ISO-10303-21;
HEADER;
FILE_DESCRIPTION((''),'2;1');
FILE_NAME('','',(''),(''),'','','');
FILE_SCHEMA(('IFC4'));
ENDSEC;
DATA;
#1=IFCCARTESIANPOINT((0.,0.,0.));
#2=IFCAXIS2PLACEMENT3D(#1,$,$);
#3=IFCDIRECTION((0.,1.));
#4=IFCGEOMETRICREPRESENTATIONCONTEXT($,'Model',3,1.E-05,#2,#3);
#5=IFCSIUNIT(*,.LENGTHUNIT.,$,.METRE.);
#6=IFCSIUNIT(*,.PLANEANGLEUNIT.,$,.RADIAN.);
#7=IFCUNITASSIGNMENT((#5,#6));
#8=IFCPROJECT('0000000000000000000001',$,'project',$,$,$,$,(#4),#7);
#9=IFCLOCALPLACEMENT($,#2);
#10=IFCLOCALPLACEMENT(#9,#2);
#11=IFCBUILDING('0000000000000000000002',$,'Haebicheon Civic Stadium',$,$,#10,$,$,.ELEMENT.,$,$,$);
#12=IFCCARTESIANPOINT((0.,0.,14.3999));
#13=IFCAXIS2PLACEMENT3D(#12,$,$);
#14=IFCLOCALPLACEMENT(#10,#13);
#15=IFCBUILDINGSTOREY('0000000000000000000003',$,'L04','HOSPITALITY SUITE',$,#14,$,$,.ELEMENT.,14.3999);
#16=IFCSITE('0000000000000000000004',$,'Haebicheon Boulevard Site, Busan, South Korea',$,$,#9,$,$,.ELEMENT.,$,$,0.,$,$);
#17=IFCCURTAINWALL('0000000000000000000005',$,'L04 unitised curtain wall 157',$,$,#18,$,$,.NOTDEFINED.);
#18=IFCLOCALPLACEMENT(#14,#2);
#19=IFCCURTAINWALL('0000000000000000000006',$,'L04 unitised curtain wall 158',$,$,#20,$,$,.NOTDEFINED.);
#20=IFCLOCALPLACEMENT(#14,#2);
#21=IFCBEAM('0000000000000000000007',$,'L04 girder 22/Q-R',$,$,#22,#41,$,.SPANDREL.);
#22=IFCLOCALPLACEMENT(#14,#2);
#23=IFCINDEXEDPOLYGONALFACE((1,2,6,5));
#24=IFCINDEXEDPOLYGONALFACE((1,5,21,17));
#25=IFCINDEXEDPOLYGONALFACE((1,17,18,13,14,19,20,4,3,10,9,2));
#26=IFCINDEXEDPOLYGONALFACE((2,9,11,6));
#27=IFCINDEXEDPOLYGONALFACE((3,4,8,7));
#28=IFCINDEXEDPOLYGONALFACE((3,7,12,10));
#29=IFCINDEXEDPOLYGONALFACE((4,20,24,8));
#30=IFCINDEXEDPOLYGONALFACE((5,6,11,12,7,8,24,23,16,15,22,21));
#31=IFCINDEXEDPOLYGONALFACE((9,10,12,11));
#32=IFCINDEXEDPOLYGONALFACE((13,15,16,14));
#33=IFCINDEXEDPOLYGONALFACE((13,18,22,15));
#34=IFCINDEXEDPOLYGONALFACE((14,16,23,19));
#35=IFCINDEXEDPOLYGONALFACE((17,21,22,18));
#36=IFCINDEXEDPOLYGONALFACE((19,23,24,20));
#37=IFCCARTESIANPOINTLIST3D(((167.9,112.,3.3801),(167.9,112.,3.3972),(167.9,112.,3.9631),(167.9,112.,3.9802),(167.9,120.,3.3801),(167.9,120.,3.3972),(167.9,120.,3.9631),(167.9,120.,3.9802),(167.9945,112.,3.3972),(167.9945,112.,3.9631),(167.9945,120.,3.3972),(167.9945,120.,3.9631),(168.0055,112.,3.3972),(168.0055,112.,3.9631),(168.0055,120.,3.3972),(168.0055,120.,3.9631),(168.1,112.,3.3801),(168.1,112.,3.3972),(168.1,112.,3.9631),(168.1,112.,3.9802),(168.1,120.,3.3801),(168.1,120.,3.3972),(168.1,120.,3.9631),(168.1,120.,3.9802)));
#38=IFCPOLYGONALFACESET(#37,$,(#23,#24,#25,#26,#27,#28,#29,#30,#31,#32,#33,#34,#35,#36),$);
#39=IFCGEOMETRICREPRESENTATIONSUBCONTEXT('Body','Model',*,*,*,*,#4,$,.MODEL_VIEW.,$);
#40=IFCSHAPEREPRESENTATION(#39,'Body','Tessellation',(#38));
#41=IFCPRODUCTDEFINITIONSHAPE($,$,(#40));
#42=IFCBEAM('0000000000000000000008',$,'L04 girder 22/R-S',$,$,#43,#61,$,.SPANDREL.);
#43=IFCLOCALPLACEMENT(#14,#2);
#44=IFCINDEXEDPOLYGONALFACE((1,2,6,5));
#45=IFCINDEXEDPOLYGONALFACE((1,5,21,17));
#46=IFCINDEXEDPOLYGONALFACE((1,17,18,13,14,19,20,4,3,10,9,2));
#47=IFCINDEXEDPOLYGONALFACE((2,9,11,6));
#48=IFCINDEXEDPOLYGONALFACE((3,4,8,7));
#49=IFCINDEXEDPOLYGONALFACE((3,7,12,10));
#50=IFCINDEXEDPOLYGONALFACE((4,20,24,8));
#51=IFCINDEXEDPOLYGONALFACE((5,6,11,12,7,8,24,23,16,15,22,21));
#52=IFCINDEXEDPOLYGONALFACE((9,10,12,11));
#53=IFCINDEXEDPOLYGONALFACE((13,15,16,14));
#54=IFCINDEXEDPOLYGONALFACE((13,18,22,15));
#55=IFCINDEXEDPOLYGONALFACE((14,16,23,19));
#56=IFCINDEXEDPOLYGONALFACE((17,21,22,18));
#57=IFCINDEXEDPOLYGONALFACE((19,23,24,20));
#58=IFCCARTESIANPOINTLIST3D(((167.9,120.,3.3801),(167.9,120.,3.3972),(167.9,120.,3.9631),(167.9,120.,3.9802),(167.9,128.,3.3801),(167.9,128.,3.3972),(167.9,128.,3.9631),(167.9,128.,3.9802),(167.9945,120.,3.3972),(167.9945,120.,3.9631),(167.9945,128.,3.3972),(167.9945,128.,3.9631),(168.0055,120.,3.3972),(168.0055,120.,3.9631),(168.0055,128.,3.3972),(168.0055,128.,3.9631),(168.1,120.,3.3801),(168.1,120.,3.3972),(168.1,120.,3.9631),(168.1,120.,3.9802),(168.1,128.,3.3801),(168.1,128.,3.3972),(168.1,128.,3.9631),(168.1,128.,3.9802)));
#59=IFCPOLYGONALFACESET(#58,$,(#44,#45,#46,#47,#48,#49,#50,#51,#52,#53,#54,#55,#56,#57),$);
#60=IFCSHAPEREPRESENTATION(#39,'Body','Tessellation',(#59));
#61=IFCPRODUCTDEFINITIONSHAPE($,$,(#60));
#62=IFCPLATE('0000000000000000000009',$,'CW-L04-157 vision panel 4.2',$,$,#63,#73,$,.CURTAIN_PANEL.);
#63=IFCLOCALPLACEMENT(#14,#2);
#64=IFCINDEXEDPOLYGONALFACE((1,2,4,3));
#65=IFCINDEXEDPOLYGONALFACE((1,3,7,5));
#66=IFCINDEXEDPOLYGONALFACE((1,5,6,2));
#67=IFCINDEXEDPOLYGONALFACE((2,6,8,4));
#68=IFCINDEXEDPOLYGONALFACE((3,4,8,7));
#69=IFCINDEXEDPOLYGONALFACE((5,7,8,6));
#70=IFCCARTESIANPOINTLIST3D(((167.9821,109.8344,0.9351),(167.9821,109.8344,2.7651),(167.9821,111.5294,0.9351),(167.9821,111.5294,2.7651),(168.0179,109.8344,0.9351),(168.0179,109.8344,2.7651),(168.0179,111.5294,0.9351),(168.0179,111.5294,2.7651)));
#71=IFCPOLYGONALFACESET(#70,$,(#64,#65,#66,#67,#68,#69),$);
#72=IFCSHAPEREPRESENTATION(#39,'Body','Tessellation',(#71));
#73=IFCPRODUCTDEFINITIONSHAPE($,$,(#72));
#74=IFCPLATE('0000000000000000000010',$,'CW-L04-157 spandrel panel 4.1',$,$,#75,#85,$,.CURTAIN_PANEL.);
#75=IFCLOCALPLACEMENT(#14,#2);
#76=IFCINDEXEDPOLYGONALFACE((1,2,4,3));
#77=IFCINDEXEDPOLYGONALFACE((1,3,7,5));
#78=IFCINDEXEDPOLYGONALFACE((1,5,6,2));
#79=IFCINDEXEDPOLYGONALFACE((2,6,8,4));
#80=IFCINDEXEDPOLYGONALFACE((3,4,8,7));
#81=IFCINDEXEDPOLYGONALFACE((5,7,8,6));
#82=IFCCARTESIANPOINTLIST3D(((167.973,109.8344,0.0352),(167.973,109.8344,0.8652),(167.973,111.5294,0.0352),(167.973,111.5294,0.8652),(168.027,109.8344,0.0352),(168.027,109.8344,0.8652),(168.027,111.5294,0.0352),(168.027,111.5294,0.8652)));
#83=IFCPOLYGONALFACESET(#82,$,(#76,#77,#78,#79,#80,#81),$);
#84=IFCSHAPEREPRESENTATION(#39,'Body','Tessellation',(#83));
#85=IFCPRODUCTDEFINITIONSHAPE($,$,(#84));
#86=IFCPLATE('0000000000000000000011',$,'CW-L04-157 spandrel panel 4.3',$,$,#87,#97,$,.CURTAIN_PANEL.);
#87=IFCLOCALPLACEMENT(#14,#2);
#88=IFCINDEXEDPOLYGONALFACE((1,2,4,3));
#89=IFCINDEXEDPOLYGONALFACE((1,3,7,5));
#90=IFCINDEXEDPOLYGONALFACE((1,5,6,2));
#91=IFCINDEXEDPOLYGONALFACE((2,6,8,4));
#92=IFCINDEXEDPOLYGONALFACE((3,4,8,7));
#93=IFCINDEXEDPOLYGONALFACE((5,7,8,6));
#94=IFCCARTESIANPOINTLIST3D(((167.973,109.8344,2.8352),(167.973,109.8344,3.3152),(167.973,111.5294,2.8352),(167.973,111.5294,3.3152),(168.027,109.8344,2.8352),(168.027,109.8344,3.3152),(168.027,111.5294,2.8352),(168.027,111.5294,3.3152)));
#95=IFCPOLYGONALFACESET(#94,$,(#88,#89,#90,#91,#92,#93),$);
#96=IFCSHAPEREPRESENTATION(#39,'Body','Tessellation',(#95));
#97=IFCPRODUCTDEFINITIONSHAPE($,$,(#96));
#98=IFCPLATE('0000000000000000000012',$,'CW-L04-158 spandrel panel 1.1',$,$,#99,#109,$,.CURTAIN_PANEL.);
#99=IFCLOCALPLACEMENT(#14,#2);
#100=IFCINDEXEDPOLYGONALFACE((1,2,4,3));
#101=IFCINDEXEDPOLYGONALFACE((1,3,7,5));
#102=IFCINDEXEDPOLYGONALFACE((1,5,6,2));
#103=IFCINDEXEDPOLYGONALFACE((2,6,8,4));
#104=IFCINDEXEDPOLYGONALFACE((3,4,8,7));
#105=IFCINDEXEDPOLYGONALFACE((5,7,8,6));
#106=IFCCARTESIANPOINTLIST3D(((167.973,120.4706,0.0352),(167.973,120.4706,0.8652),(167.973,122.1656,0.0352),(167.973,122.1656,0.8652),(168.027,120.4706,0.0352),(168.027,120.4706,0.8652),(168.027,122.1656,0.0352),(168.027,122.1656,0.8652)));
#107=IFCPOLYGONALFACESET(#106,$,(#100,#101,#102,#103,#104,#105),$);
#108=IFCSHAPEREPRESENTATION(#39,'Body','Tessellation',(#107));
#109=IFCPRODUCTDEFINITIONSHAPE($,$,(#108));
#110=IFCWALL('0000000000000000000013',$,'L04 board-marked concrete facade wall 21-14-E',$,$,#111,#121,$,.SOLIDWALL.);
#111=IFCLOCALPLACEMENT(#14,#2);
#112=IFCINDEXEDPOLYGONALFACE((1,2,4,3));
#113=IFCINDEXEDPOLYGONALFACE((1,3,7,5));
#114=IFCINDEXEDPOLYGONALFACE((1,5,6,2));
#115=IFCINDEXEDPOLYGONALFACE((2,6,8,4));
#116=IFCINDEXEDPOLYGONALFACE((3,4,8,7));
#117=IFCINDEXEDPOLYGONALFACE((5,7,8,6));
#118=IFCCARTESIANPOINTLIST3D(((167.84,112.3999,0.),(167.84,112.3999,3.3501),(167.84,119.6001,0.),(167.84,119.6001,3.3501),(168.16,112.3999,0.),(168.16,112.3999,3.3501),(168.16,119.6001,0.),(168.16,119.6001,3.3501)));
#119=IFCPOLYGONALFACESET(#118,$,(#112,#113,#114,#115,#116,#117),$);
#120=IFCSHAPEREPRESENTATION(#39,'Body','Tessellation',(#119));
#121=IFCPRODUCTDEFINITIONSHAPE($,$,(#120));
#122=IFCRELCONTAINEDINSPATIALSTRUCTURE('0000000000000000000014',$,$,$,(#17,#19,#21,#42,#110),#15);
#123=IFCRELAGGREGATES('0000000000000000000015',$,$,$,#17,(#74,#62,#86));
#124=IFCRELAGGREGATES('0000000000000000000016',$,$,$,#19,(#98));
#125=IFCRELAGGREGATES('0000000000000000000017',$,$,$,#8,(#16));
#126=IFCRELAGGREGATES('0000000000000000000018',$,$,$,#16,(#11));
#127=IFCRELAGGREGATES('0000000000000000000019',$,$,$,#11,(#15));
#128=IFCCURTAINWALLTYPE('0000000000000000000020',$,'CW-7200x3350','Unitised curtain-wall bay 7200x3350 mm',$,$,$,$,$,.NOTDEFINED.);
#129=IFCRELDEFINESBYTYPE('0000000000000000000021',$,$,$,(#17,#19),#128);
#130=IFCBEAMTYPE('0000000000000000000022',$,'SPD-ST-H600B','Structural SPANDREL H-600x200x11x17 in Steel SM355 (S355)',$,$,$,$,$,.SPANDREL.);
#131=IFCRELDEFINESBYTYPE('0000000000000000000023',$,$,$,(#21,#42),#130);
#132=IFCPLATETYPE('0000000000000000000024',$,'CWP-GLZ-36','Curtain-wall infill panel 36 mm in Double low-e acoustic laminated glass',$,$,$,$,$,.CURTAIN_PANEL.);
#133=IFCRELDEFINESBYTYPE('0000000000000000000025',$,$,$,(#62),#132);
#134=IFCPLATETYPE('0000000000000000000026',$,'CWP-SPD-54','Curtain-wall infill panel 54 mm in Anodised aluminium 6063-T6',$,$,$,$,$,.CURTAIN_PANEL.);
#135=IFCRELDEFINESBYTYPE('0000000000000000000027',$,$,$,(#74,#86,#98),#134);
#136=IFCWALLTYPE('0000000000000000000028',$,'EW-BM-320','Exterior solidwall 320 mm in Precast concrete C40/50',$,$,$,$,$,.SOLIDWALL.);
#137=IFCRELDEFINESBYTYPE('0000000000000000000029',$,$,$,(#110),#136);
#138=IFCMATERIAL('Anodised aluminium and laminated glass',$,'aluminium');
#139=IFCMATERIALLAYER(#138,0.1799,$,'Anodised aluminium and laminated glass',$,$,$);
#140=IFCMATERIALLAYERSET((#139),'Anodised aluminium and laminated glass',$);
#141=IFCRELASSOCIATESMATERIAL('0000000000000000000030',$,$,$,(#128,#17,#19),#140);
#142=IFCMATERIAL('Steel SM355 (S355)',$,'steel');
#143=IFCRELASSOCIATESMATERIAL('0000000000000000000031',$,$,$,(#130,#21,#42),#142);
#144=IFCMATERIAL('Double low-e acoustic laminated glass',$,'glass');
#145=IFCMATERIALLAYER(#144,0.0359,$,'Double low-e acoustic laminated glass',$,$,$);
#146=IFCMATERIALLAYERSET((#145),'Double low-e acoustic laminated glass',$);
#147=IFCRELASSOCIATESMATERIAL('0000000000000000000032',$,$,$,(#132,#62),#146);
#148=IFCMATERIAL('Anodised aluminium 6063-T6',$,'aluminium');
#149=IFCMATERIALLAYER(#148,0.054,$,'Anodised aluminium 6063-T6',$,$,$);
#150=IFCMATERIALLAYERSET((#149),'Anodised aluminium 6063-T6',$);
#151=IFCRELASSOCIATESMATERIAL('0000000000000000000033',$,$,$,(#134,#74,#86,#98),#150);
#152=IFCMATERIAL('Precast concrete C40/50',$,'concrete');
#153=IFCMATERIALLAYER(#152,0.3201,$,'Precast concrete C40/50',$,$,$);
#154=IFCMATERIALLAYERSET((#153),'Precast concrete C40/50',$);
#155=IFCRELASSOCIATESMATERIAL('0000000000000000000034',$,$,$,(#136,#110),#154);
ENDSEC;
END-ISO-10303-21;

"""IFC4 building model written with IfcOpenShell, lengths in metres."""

from ifc_helpers import new_model, si_unit, direction, frame, frame_2d, origin, origin_2d, place, context, subcontext, project, spatial, rectangle, i_section, extrude, material, layer, layer_set, material_profile, profile_set, type_object, element, aggregate, save


model = new_model("IFC4")

# Units and contexts
model_context = context("Model", 3, precision=1e-05, world=origin(), true_north=direction((0.0, 1.0)))
body_context = subcontext(model_context, "Body", "Model", "MODEL_VIEW")
ifc_project = project(units=[si_unit("LENGTHUNIT", "METRE"), si_unit("PLANEANGLEUNIT", "RADIAN")], contexts=[model_context])

# Site, building, storey
site_placement = place(None, origin())
site = spatial("IfcSite", under=ifc_project, at=site_placement, Name="Haebicheon Boulevard Site, Busan, South Korea", CompositionType="ELEMENT", RefElevation=0.0)
building_placement = place(site_placement, origin())
building = spatial("IfcBuilding", under=site, at=building_placement, Name="Haebicheon Civic Stadium", CompositionType="ELEMENT")
storey_placement = place(building_placement, frame((0.0, 0.0, 14.3999)))
storey = spatial("IfcBuildingStorey", under=building, at=storey_placement, Name="L04", Description="HOSPITALITY SUITE", CompositionType="ELEMENT", Elevation=14.3999)

# Curtain walls
ifc_material_1 = material(Name="Anodised aluminium and laminated glass", Category="aluminium")
ifc_layer_1 = layer(ifc_material_1, 0.1799, Name="Anodised aluminium and laminated glass")
ifc_layer_set_1 = layer_set([ifc_layer_1], Name="Anodised aluminium and laminated glass")
curtain_wall_type = type_object("IfcCurtainWallType", Name="CW-7200x3350", Description="Unitised curtain-wall bay 7200x3350 mm", PredefinedType="NOTDEFINED", material=ifc_layer_set_1)
curtain_wall_1_placement = place(storey_placement, origin())
curtain_wall_1 = element("IfcCurtainWall", 1, at=curtain_wall_1_placement, inside=storey, type_object=curtain_wall_type, material=ifc_layer_set_1, Name="L04 unitised curtain wall 157", PredefinedType="NOTDEFINED")
curtain_wall_2_placement = place(storey_placement, origin())
curtain_wall_2 = element("IfcCurtainWall", 2, at=curtain_wall_2_placement, inside=storey, type_object=curtain_wall_type, material=ifc_layer_set_1, Name="L04 unitised curtain wall 158", PredefinedType="NOTDEFINED")

# Beams
ifc_material_2 = material(Name="Steel SM355 (S355)", Category="steel")
ifc_material_profile_1 = material_profile(ifc_material_2, i_section(OverallWidth=0.2, OverallDepth=0.6001, WebThickness=0.011, FlangeThickness=0.0171, at=origin_2d()), Name="H-600x200x11x17")
ifc_profile_set_1 = profile_set([ifc_material_profile_1], Name="Steel SM355 (S355)")
beam_type_1 = type_object("IfcBeamType", Name="SPD-ST-H600B", Description="Structural SPANDREL H-600x200x11x17 in Steel SM355 (S355)", PredefinedType="SPANDREL", material=ifc_profile_set_1)
for number, where, z_axis, x_axis, name in (
    (3, (168.0, 112.0, 3.6802), (0.0, 1.0, 0.0), (-1.0, 0.0, 0.0), "L04 girder 22/Q-R"),
    (4, (168.0, 120.0, 3.6802), (0.0, 1.0, 0.0), (-1.0, 0.0, 0.0), "L04 girder 22/R-S"),
):
    element("IfcBeam", number, at=place(storey_placement, frame(where, z_axis=z_axis, x_axis=x_axis)), inside=storey, type_object=beam_type_1, material=ifc_profile_set_1, Name=name, PredefinedType="SPANDREL", context=body_context, shape_type="SweptSolid", body=[
        extrude(i_section(OverallWidth=0.2, OverallDepth=0.6001, WebThickness=0.011, FlangeThickness=0.0171, at=origin_2d()), origin(), (0.0, 0.0, 1.0), 8.0),
    ])

# Plates
ifc_material_3 = material(Name="Double low-e acoustic laminated glass", Category="glass")
ifc_layer_2 = layer(ifc_material_3, 0.0359, Name="Double low-e acoustic laminated glass")
ifc_layer_set_2 = layer_set([ifc_layer_2], Name="Double low-e acoustic laminated glass")
plate_type_1 = type_object("IfcPlateType", Name="CWP-GLZ-36", Description="Curtain-wall infill panel 36 mm in Double low-e acoustic laminated glass", PredefinedType="CURTAIN_PANEL", material=ifc_layer_set_2)
plate_1_placement = place(storey_placement, frame((168.0, 110.6819, 0.9351), z_axis=(0.0, 0.0, 1.0), x_axis=(0.0, 1.0, 0.0)))
plate_1 = element("IfcPlate", 5, at=plate_1_placement, type_object=plate_type_1, material=ifc_layer_set_2, Name="CW-L04-157 vision panel 4.2", PredefinedType="CURTAIN_PANEL", context=body_context, shape_type="SweptSolid", body=[
    extrude(rectangle(XDim=1.6951, YDim=0.0359, at=origin_2d()), origin(), (0.0, 0.0, 1.0), 1.8301),
])
ifc_material_4 = material(Name="Anodised aluminium 6063-T6", Category="aluminium")
ifc_layer_3 = layer(ifc_material_4, 0.054, Name="Anodised aluminium 6063-T6")
ifc_layer_set_3 = layer_set([ifc_layer_3], Name="Anodised aluminium 6063-T6")
plate_type_2 = type_object("IfcPlateType", Name="CWP-SPD-54", Description="Curtain-wall infill panel 54 mm in Anodised aluminium 6063-T6", PredefinedType="CURTAIN_PANEL", material=ifc_layer_set_3)
plate_2_placement = place(storey_placement, frame((168.0, 110.6819, 0.0352), z_axis=(0.0, 0.0, 1.0), x_axis=(0.0, 1.0, 0.0)))
plate_2 = element("IfcPlate", 6, at=plate_2_placement, type_object=plate_type_2, material=ifc_layer_set_3, Name="CW-L04-157 spandrel panel 4.1", PredefinedType="CURTAIN_PANEL", context=body_context, shape_type="SweptSolid", body=[
    extrude(rectangle(XDim=1.6951, YDim=0.054, at=origin_2d()), origin(), (0.0, 0.0, 1.0), 0.8301),
])
plate_3_placement = place(storey_placement, frame((168.0, 110.6819, 2.8352), z_axis=(0.0, 0.0, 1.0), x_axis=(0.0, 1.0, 0.0)))
plate_3 = element("IfcPlate", 7, at=plate_3_placement, type_object=plate_type_2, material=ifc_layer_set_3, Name="CW-L04-157 spandrel panel 4.3", PredefinedType="CURTAIN_PANEL", context=body_context, shape_type="SweptSolid", body=[
    extrude(rectangle(XDim=1.6951, YDim=0.054, at=origin_2d()), origin(), (0.0, 0.0, 1.0), 0.48),
])
aggregate(curtain_wall_1, [plate_2, plate_1, plate_3])
plate_4_placement = place(storey_placement, frame((168.0, 121.3181, 0.0352), z_axis=(0.0, 0.0, 1.0), x_axis=(0.0, 1.0, 0.0)))
plate_4 = element("IfcPlate", 8, at=plate_4_placement, type_object=plate_type_2, material=ifc_layer_set_3, Name="CW-L04-158 spandrel panel 1.1", PredefinedType="CURTAIN_PANEL", context=body_context, shape_type="SweptSolid", body=[
    extrude(rectangle(XDim=1.6951, YDim=0.054, at=origin_2d()), origin(), (0.0, 0.0, 1.0), 0.8301),
])
aggregate(curtain_wall_2, [plate_4])

# Wall
ifc_material_5 = material(Name="Precast concrete C40/50", Category="concrete")
ifc_layer_4 = layer(ifc_material_5, 0.3201, Name="Precast concrete C40/50")
ifc_layer_set_4 = layer_set([ifc_layer_4], Name="Precast concrete C40/50")
wall_type = type_object("IfcWallType", Name="EW-BM-320", Description="Exterior solidwall 320 mm in Precast concrete C40/50", PredefinedType="SOLIDWALL", material=ifc_layer_set_4)
wall_placement = place(storey_placement, frame((168.0, 112.3999, 0.0), z_axis=(0.0, 0.0, 1.0), x_axis=(0.0, 1.0, 0.0)))
element("IfcWall", 9, at=wall_placement, inside=storey, type_object=wall_type, material=ifc_layer_set_4, Name="L04 board-marked concrete facade wall 21-14-E", PredefinedType="SOLIDWALL", context=body_context, shape_type="SweptSolid", body=[
    extrude(rectangle(XDim=7.2002, YDim=0.3201, at=frame_2d((3.6001, 0.0))), origin(), (0.0, 0.0, 1.0), 3.3501),
])

save(model, "model.ifc")
